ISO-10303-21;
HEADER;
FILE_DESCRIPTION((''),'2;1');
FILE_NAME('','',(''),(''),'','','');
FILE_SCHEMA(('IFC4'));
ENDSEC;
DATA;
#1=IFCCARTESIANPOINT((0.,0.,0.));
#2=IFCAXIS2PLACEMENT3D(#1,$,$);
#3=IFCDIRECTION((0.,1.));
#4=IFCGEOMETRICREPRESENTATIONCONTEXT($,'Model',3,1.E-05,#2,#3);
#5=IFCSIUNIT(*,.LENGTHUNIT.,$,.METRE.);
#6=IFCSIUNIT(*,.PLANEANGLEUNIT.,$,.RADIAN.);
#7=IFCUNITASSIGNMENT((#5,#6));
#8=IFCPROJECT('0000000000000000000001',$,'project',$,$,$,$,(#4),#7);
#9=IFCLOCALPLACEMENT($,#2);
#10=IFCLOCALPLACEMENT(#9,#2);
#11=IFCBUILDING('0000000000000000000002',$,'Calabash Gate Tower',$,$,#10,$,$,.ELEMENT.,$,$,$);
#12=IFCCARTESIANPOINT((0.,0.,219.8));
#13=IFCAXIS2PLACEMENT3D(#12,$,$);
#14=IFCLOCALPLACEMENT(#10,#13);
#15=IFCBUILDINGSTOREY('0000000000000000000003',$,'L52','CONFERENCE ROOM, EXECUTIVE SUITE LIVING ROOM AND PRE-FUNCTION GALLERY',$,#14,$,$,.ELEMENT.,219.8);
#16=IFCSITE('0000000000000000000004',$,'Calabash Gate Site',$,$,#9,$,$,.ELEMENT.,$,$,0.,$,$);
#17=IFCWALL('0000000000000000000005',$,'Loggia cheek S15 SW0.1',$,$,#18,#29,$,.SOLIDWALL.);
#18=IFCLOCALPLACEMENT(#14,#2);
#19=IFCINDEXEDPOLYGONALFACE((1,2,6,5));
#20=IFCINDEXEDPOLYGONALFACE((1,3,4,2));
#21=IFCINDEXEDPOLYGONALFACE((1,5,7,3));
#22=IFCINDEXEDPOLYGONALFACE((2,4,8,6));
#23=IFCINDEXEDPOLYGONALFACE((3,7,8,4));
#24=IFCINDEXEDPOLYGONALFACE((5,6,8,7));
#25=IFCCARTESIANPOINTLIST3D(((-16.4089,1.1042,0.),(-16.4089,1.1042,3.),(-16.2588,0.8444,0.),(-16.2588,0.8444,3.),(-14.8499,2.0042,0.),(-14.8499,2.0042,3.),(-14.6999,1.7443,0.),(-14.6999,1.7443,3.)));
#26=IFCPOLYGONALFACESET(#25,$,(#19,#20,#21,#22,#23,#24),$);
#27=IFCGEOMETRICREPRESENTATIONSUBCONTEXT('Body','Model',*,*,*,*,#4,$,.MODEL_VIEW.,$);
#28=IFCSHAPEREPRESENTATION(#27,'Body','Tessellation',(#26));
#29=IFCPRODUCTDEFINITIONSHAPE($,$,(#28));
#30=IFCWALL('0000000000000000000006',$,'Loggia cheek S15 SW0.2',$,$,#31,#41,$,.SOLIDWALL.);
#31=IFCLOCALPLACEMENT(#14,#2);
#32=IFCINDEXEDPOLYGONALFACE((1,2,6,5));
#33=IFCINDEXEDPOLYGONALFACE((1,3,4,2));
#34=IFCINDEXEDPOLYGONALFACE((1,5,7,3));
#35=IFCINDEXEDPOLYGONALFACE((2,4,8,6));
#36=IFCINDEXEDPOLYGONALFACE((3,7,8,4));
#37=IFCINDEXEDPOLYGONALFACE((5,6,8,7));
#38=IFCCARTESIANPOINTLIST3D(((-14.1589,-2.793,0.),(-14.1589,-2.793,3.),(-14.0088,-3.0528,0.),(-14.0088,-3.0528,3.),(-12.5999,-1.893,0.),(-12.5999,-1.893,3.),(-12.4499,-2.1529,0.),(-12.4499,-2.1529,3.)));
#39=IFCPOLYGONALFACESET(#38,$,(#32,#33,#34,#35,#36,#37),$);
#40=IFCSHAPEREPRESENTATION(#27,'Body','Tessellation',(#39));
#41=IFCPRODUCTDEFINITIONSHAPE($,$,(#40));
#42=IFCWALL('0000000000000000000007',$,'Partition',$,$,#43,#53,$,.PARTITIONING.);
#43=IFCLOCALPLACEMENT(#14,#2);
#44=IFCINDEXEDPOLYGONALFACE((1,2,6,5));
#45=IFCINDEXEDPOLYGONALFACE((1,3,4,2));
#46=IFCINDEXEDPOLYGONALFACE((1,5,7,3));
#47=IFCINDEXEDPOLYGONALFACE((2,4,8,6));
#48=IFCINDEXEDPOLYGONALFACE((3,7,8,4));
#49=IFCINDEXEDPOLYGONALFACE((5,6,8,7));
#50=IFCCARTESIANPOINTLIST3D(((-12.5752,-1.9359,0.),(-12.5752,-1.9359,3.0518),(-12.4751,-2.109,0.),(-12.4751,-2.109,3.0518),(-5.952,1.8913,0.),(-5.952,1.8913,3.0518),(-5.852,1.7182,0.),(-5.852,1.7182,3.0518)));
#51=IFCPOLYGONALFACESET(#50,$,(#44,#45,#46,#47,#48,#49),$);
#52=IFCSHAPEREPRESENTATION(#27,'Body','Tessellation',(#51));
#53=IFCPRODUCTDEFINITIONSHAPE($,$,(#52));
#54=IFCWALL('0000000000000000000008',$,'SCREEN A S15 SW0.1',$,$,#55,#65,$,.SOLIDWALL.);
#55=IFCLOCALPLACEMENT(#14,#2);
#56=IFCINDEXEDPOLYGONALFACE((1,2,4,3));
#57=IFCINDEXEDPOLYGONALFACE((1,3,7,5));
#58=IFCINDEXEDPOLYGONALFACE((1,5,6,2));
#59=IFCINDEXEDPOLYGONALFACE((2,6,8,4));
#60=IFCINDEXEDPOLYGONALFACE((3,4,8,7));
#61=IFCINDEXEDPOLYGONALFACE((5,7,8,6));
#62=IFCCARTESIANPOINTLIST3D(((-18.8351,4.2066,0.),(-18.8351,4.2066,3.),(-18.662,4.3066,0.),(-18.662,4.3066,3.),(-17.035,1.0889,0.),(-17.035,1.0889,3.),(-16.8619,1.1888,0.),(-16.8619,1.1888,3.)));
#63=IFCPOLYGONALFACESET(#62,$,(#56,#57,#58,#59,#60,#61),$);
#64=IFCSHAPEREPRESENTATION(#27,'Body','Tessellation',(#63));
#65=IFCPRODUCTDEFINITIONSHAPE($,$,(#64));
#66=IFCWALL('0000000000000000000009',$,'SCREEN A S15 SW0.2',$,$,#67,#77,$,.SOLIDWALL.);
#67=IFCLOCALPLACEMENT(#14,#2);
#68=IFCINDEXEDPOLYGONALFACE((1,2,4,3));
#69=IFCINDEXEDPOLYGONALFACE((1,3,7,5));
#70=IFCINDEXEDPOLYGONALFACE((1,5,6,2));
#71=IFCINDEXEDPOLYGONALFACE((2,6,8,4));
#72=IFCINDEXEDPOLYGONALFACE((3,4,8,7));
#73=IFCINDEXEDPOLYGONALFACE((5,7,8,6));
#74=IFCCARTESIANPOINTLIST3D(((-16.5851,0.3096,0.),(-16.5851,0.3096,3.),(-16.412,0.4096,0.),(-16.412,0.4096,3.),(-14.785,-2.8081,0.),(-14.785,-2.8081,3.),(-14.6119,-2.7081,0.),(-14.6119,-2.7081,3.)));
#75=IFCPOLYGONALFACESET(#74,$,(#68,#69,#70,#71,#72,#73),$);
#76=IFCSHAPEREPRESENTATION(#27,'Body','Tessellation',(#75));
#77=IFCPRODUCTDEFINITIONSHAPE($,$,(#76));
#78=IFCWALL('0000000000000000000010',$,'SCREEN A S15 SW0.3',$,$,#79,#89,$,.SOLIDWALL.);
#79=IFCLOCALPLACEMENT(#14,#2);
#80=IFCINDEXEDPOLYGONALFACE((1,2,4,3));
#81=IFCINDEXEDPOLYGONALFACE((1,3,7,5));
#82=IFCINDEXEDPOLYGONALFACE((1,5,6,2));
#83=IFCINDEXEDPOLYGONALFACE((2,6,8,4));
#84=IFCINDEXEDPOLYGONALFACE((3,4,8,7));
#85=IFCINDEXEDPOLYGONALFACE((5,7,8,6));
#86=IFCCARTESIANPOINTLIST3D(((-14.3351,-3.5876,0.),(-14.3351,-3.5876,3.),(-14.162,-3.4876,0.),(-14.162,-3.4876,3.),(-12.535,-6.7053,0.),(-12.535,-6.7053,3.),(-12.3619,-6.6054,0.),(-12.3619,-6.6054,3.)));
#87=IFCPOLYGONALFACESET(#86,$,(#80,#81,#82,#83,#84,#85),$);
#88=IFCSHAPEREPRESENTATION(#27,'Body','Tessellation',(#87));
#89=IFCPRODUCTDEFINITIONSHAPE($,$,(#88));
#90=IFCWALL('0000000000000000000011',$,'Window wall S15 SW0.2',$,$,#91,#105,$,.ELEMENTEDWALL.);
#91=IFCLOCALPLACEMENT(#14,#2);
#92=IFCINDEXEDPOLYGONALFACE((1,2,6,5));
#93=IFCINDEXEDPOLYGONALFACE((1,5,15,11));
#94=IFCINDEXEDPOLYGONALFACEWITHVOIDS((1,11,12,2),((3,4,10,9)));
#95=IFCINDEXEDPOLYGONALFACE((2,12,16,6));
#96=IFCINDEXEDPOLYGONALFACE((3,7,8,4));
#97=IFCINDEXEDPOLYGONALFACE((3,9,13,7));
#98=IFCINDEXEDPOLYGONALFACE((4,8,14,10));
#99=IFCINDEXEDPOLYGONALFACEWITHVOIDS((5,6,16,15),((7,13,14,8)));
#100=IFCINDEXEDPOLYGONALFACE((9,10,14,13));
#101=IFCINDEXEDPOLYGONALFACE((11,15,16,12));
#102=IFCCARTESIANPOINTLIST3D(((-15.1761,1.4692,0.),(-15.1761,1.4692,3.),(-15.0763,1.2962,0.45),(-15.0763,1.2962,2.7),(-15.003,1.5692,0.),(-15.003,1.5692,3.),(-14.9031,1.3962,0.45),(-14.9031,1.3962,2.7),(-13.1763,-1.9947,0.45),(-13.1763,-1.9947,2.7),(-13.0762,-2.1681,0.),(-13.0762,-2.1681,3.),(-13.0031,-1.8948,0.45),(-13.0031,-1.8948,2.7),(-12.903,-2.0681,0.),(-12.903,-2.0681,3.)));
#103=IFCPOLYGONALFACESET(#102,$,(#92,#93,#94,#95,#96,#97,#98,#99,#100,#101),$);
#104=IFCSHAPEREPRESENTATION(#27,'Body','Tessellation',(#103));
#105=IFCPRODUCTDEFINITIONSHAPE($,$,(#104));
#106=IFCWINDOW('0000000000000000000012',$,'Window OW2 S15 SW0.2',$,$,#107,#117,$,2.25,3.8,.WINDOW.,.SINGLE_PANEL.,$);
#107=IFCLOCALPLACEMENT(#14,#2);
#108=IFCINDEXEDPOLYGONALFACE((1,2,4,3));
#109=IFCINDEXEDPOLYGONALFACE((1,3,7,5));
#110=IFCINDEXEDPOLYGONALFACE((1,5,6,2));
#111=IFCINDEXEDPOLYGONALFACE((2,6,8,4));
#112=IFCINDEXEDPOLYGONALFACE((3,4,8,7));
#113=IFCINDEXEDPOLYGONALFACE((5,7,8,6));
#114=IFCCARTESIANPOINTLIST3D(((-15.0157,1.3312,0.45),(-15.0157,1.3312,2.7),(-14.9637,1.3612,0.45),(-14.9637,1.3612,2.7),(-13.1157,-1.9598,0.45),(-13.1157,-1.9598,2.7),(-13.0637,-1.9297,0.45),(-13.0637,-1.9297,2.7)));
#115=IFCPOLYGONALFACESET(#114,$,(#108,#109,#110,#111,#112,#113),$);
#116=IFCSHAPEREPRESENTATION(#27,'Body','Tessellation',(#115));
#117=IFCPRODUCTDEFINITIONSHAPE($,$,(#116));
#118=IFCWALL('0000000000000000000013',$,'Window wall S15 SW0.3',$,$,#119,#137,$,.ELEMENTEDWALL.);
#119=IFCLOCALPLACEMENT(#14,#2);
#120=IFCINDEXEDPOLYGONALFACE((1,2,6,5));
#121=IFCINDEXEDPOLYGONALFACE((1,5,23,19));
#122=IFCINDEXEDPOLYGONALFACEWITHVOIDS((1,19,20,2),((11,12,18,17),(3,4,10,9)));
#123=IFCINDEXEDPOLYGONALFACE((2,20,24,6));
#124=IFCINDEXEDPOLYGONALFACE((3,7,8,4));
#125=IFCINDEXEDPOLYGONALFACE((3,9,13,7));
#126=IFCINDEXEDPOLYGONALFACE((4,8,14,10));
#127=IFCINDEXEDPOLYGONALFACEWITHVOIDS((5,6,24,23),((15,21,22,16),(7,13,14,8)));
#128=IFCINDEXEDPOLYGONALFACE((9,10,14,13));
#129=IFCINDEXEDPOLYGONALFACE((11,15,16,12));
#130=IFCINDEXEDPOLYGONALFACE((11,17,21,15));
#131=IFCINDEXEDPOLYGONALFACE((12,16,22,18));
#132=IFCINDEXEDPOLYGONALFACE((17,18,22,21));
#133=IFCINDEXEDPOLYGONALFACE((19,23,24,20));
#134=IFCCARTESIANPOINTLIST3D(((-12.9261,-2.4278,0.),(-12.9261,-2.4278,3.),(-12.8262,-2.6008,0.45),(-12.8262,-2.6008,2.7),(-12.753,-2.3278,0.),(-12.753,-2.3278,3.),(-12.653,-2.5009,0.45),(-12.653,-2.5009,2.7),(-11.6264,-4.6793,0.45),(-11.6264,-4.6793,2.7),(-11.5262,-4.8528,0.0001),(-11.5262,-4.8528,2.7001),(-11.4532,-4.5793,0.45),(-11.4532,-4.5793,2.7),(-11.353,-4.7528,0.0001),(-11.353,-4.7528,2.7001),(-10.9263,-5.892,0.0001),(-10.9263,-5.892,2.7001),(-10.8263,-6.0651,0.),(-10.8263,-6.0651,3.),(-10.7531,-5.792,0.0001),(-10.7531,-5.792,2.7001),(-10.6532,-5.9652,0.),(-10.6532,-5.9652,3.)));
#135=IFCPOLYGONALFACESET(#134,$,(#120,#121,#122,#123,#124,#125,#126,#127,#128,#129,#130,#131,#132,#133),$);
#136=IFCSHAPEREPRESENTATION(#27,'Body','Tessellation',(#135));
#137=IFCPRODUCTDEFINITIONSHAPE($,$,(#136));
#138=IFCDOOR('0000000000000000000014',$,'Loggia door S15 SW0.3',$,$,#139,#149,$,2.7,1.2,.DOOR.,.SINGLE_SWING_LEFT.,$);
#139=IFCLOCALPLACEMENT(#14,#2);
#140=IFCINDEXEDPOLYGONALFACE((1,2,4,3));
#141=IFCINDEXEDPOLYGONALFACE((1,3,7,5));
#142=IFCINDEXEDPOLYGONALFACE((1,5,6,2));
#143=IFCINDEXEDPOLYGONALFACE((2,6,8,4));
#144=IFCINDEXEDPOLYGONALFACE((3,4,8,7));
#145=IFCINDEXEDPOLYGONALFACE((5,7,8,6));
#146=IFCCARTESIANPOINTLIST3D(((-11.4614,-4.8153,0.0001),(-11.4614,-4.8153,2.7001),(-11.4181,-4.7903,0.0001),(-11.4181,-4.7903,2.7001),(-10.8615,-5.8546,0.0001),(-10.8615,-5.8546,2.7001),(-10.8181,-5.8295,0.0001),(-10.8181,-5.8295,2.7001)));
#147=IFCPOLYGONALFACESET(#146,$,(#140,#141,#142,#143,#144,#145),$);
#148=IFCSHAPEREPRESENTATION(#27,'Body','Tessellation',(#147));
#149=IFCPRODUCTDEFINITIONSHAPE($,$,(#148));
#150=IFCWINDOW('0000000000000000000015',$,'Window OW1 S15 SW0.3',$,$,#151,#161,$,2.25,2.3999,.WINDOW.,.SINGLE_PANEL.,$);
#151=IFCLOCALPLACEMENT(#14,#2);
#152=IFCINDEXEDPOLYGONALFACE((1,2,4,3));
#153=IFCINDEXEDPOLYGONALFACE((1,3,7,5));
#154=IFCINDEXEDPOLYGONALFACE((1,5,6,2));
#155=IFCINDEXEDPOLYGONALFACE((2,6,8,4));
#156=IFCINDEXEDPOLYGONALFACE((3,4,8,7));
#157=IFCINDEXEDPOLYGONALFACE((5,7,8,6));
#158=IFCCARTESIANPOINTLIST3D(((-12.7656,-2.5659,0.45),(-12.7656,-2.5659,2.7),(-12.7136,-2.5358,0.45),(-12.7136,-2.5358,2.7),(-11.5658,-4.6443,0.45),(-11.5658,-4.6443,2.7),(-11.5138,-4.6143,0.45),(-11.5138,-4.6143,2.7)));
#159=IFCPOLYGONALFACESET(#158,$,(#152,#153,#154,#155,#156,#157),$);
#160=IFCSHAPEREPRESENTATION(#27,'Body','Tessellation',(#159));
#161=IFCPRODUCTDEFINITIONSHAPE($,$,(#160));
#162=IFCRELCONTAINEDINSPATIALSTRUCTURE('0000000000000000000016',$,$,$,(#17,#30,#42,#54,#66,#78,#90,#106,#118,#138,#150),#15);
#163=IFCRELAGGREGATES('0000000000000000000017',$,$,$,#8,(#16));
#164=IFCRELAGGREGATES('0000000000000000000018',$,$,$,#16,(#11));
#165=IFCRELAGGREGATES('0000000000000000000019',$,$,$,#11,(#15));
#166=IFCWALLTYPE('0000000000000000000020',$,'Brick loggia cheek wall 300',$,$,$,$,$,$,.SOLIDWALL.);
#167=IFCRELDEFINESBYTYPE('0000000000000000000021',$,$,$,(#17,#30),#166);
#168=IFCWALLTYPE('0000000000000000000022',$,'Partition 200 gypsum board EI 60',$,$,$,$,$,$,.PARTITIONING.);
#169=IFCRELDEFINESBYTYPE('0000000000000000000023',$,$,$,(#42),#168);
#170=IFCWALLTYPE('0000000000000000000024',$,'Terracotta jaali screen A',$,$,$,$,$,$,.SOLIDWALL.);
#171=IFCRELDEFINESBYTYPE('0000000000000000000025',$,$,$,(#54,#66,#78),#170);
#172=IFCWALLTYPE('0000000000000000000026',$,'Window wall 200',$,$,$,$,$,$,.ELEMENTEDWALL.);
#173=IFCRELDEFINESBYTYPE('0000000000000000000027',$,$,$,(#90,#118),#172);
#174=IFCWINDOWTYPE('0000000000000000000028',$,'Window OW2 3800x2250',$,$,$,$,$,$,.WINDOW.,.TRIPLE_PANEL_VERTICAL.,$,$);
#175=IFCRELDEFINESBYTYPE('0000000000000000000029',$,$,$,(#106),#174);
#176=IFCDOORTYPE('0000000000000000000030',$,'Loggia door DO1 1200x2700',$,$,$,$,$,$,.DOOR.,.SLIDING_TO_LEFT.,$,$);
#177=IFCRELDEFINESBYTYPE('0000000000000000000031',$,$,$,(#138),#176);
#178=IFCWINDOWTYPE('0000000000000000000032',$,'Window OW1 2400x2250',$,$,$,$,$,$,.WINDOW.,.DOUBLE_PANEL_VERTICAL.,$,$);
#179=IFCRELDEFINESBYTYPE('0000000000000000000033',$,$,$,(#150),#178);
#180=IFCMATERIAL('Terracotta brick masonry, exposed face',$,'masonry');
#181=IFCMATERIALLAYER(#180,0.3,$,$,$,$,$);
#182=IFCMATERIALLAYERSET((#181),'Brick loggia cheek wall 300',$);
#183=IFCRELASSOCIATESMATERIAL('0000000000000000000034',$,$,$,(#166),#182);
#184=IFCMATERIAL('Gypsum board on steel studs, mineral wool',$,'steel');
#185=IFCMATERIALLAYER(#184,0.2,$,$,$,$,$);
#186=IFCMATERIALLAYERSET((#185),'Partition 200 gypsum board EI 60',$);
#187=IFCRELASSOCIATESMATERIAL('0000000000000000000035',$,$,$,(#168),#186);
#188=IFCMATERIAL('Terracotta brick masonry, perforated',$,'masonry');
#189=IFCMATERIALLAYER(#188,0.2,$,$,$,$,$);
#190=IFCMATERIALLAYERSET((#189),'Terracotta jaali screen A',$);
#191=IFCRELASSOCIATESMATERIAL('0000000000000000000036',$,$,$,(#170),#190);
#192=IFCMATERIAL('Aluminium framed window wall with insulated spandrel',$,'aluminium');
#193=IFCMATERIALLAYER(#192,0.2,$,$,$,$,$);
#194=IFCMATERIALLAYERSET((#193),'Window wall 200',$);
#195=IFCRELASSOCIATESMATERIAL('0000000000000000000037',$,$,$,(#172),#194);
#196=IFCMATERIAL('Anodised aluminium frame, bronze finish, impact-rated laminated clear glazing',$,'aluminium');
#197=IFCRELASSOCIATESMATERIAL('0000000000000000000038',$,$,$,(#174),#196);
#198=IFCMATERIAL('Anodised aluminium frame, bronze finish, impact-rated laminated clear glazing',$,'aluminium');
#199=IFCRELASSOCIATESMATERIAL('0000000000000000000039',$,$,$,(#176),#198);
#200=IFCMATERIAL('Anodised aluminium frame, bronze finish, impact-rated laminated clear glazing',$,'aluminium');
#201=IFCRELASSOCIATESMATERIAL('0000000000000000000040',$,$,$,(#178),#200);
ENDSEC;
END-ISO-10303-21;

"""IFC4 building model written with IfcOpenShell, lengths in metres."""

from ifc_helpers import new_model, si_unit, direction, frame, frame_2d, origin, place, context, subcontext, project, spatial, rectangle, extrude, material, layer, layer_set, type_object, element, fill, save


model = new_model("IFC4")

# Units and contexts
model_context = context("Model", 3, precision=1e-05, world=origin(), true_north=direction((0.0, 1.0)))
body_context = subcontext(model_context, "Body", "Model", "MODEL_VIEW")
ifc_project = project(units=[si_unit("LENGTHUNIT", "METRE"), si_unit("PLANEANGLEUNIT", "RADIAN")], contexts=[model_context])

# Site, building, storey
site_placement = place(None, origin())
site = spatial("IfcSite", under=ifc_project, at=site_placement, Name="Calabash Gate Site", CompositionType="ELEMENT", RefElevation=0.0)
building_placement = place(site_placement, origin())
building = spatial("IfcBuilding", under=site, at=building_placement, Name="Calabash Gate Tower", CompositionType="ELEMENT")
storey_placement = place(building_placement, frame((0.0, 0.0, 219.8)))
storey = spatial("IfcBuildingStorey", under=building, at=storey_placement, Name="L52", Description="CONFERENCE ROOM, EXECUTIVE SUITE LIVING ROOM AND PRE-FUNCTION GALLERY", CompositionType="ELEMENT", Elevation=219.8)

# Walls
ifc_material_1 = material(Name="Terracotta brick masonry, exposed face", Category="masonry")
ifc_layer_1 = layer(ifc_material_1, 0.3)
ifc_layer_set_1 = layer_set([ifc_layer_1], Name="Brick loggia cheek wall 300")
wall_type_1 = type_object("IfcWallType", Name="Brick loggia cheek wall 300", PredefinedType="SOLIDWALL", material=ifc_layer_set_1)
for number, where, z_axis, x_axis, name in (
    (1, (-16.3337, 0.9744, 0.0), (0.0, 0.0, 1.0), (0.866048, 0.499961, 0.0), "Loggia cheek S15 SW0.1"),
    (2, (-14.0837, -2.9229, 0.0), (0.0, 0.0, 1.0), (0.866048, 0.499961, 0.0), "Loggia cheek S15 SW0.2"),
):
    element("IfcWall", number, at=place(storey_placement, frame(where, z_axis=z_axis, x_axis=x_axis)), inside=storey, type_object=wall_type_1, Name=name, PredefinedType="SOLIDWALL", context=body_context, shape_type="SweptSolid", body=[
        extrude(rectangle(XDim=1.8, YDim=0.3, at=frame_2d((0.8999, 0.0))), origin(), (0.0, 0.0, 1.0), 3.0),
    ])
ifc_material_2 = material(Name="Gypsum board on steel studs, mineral wool", Category="steel")
ifc_layer_2 = layer(ifc_material_2, 0.2)
ifc_layer_set_2 = layer_set([ifc_layer_2], Name="Partition 200 gypsum board EI 60")
wall_type_2 = type_object("IfcWallType", Name="Partition 200 gypsum board EI 60", PredefinedType="PARTITIONING", material=ifc_layer_set_2)
wall_1_placement = place(storey_placement, frame((-12.5251, -2.0225, 0.0), z_axis=(0.0, 0.0, 1.0), x_axis=(0.865837, 0.500327, 0.0)))
element("IfcWall", 3, at=wall_1_placement, inside=storey, type_object=wall_type_2, Name="Partition", PredefinedType="PARTITIONING", context=body_context, shape_type="SweptSolid", body=[
    extrude(rectangle(XDim=7.6494, YDim=0.2, at=frame_2d((3.8247, 0.0))), origin(), (0.0, 0.0, 1.0), 3.0518),
])

# Walls
ifc_material_3 = material(Name="Terracotta brick masonry, perforated", Category="masonry")
ifc_layer_3 = layer(ifc_material_3, 0.2)
ifc_layer_set_3 = layer_set([ifc_layer_3], Name="Terracotta jaali screen A")
wall_type_3 = type_object("IfcWallType", Name="Terracotta jaali screen A", PredefinedType="SOLIDWALL", material=ifc_layer_set_3)
for number, where, z_axis, x_axis, name in (
    (4, (-18.7485, 4.2566, 0.0), (0.0, 0.0, 1.0), (0.500012, -0.866018, 0.0), "SCREEN A S15 SW0.1"),
    (5, (-16.4985, 0.3596, 0.0), (0.0, 0.0, 1.0), (0.500012, -0.866018, 0.0), "SCREEN A S15 SW0.2"),
    (6, (-14.2485, -3.5376, 0.0), (0.0, 0.0, 1.0), (0.500012, -0.866018, 0.0), "SCREEN A S15 SW0.3"),
):
    element("IfcWall", number, at=place(storey_placement, frame(where, z_axis=z_axis, x_axis=x_axis)), inside=storey, type_object=wall_type_3, Name=name, PredefinedType="SOLIDWALL", context=body_context, shape_type="SweptSolid", body=[
        extrude(rectangle(XDim=3.6001, YDim=0.2, at=frame_2d((1.8, 0.0))), origin(), (0.0, 0.0, 1.0), 3.0),
    ])

# Wall, opening, window
ifc_material_4 = material(Name="Aluminium framed window wall with insulated spandrel", Category="aluminium")
ifc_layer_4 = layer(ifc_material_4, 0.2)
ifc_layer_set_4 = layer_set([ifc_layer_4], Name="Window wall 200")
wall_type_4 = type_object("IfcWallType", Name="Window wall 200", PredefinedType="ELEMENTEDWALL", material=ifc_layer_set_4)
wall_2_placement = place(storey_placement, frame((-15.0896, 1.5193, 0.0), z_axis=(0.0, 0.0, 1.0), x_axis=(0.499984, -0.866035, 0.0)))
wall_2 = element("IfcWall", 7, at=wall_2_placement, inside=storey, type_object=wall_type_4, Name="Window wall S15 SW0.2", PredefinedType="ELEMENTEDWALL", context=body_context, shape_type="SweptSolid", body=[
    extrude(rectangle(XDim=4.2, YDim=0.2, at=frame_2d((2.1001, 0.0))), origin(), (0.0, 0.0, 1.0), 3.0),
])
opening_1_placement = place(wall_2_placement, frame((0.2, 0.0, 0.45)))
opening_1 = element("IfcOpeningElement", 8, at=opening_1_placement, cuts=wall_2, PredefinedType="OPENING", context=body_context, shape_type="SweptSolid", body=[
    extrude(rectangle(XDim=3.8, YDim=2.25, at=frame_2d((1.8999, 1.125))), frame((0.0, 0.1099, 0.0), z_axis=(0.0, -1.0, 0.0), x_axis=(1.0, 0.0, 0.0)), (0.0, 0.0, 1.0), 0.22),
])
ifc_material_5 = material(Name="Anodised aluminium frame, bronze finish, impact-rated laminated clear glazing", Category="aluminium")
window_type_1 = type_object("IfcWindowType", Name="Window OW2 3800x2250", PartitioningType="TRIPLE_PANEL_VERTICAL", PredefinedType="WINDOW", material=ifc_material_5)
window_1_placement = place(opening_1_placement, origin())
window_1 = element("IfcWindow", 9, at=window_1_placement, inside=storey, type_object=window_type_1, Name="Window OW2 S15 SW0.2", OverallHeight=2.25, OverallWidth=3.8, PartitioningType="SINGLE_PANEL", PredefinedType="WINDOW", context=body_context, shape_type="SweptSolid", body=[
    extrude(rectangle(XDim=3.8, YDim=2.25, at=frame_2d((1.8999, 1.125))), frame((0.0, 0.03, 0.0), z_axis=(0.0, -1.0, 0.0), x_axis=(1.0, 0.0, 0.0)), (0.0, 0.0, 1.0), 0.0601),
])
fill(opening_1, window_1)

# Wall, openings, door, window
wall_3_placement = place(storey_placement, frame((-12.8396, -2.3777, 0.0), z_axis=(0.0, 0.0, 1.0), x_axis=(0.499959, -0.866049, 0.0)))
wall_3 = element("IfcWall", 10, at=wall_3_placement, inside=storey, type_object=wall_type_4, Name="Window wall S15 SW0.3", PredefinedType="ELEMENTEDWALL", context=body_context, shape_type="SweptSolid", body=[
    extrude(rectangle(XDim=4.2, YDim=0.2, at=frame_2d((2.1001, 0.0))), origin(), (0.0, 0.0, 1.0), 3.0),
])
opening_2_placement = place(wall_3_placement, frame((0.2, 0.0, 0.45)))
opening_2 = element("IfcOpeningElement", 11, at=opening_2_placement, cuts=wall_3, PredefinedType="OPENING", context=body_context, shape_type="SweptSolid", body=[
    extrude(rectangle(XDim=2.3999, YDim=2.25, at=frame_2d((1.2, 1.125))), frame((0.0, 0.1099, 0.0), z_axis=(0.0, -1.0, 0.0), x_axis=(1.0, 0.0, 0.0)), (0.0, 0.0, 1.0), 0.22),
])
opening_3_placement = place(wall_3_placement, frame((2.8, 0.0, 0.0)))
opening_3 = element("IfcOpeningElement", 12, at=opening_3_placement, cuts=wall_3, PredefinedType="OPENING", context=body_context, shape_type="SweptSolid", body=[
    extrude(rectangle(XDim=1.2, YDim=2.7, at=frame_2d((0.6001, 1.3501))), frame((0.0, 0.1099, 0.0), z_axis=(0.0, -1.0, 0.0), x_axis=(1.0, 0.0, 0.0)), (0.0, 0.0, 1.0), 0.22),
])
ifc_material_6 = material(Name="Anodised aluminium frame, bronze finish, impact-rated laminated clear glazing", Category="aluminium")
door_type_1 = type_object("IfcDoorType", Name="Loggia door DO1 1200x2700", OperationType="SLIDING_TO_LEFT", PredefinedType="DOOR", material=ifc_material_6)
door_1_placement = place(opening_3_placement, origin())
door_1 = element("IfcDoor", 13, at=door_1_placement, inside=storey, type_object=door_type_1, Name="Loggia door S15 SW0.3", OperationType="SINGLE_SWING_LEFT", OverallHeight=2.7, OverallWidth=1.2, PredefinedType="DOOR", context=body_context, shape_type="SweptSolid", body=[
    extrude(rectangle(XDim=1.2, YDim=2.7, at=frame_2d((0.6001, 1.3501))), frame((0.0, 0.0249, 0.0), z_axis=(0.0, -1.0, 0.0), x_axis=(1.0, 0.0, 0.0)), (0.0, 0.0, 1.0), 0.05),
])
fill(opening_3, door_1)
ifc_material_7 = material(Name="Anodised aluminium frame, bronze finish, impact-rated laminated clear glazing", Category="aluminium")
window_type_2 = type_object("IfcWindowType", Name="Window OW1 2400x2250", PartitioningType="DOUBLE_PANEL_VERTICAL", PredefinedType="WINDOW", material=ifc_material_7)
window_2_placement = place(opening_2_placement, origin())
window_2 = element("IfcWindow", 14, at=window_2_placement, inside=storey, type_object=window_type_2, Name="Window OW1 S15 SW0.3", OverallHeight=2.25, OverallWidth=2.3999, PartitioningType="SINGLE_PANEL", PredefinedType="WINDOW", context=body_context, shape_type="SweptSolid", body=[
    extrude(rectangle(XDim=2.3999, YDim=2.25, at=frame_2d((1.2, 1.125))), frame((0.0, 0.03, 0.0), z_axis=(0.0, -1.0, 0.0), x_axis=(1.0, 0.0, 0.0)), (0.0, 0.0, 1.0), 0.0601),
])
fill(opening_2, window_2)

save(model, "model.ifc")
